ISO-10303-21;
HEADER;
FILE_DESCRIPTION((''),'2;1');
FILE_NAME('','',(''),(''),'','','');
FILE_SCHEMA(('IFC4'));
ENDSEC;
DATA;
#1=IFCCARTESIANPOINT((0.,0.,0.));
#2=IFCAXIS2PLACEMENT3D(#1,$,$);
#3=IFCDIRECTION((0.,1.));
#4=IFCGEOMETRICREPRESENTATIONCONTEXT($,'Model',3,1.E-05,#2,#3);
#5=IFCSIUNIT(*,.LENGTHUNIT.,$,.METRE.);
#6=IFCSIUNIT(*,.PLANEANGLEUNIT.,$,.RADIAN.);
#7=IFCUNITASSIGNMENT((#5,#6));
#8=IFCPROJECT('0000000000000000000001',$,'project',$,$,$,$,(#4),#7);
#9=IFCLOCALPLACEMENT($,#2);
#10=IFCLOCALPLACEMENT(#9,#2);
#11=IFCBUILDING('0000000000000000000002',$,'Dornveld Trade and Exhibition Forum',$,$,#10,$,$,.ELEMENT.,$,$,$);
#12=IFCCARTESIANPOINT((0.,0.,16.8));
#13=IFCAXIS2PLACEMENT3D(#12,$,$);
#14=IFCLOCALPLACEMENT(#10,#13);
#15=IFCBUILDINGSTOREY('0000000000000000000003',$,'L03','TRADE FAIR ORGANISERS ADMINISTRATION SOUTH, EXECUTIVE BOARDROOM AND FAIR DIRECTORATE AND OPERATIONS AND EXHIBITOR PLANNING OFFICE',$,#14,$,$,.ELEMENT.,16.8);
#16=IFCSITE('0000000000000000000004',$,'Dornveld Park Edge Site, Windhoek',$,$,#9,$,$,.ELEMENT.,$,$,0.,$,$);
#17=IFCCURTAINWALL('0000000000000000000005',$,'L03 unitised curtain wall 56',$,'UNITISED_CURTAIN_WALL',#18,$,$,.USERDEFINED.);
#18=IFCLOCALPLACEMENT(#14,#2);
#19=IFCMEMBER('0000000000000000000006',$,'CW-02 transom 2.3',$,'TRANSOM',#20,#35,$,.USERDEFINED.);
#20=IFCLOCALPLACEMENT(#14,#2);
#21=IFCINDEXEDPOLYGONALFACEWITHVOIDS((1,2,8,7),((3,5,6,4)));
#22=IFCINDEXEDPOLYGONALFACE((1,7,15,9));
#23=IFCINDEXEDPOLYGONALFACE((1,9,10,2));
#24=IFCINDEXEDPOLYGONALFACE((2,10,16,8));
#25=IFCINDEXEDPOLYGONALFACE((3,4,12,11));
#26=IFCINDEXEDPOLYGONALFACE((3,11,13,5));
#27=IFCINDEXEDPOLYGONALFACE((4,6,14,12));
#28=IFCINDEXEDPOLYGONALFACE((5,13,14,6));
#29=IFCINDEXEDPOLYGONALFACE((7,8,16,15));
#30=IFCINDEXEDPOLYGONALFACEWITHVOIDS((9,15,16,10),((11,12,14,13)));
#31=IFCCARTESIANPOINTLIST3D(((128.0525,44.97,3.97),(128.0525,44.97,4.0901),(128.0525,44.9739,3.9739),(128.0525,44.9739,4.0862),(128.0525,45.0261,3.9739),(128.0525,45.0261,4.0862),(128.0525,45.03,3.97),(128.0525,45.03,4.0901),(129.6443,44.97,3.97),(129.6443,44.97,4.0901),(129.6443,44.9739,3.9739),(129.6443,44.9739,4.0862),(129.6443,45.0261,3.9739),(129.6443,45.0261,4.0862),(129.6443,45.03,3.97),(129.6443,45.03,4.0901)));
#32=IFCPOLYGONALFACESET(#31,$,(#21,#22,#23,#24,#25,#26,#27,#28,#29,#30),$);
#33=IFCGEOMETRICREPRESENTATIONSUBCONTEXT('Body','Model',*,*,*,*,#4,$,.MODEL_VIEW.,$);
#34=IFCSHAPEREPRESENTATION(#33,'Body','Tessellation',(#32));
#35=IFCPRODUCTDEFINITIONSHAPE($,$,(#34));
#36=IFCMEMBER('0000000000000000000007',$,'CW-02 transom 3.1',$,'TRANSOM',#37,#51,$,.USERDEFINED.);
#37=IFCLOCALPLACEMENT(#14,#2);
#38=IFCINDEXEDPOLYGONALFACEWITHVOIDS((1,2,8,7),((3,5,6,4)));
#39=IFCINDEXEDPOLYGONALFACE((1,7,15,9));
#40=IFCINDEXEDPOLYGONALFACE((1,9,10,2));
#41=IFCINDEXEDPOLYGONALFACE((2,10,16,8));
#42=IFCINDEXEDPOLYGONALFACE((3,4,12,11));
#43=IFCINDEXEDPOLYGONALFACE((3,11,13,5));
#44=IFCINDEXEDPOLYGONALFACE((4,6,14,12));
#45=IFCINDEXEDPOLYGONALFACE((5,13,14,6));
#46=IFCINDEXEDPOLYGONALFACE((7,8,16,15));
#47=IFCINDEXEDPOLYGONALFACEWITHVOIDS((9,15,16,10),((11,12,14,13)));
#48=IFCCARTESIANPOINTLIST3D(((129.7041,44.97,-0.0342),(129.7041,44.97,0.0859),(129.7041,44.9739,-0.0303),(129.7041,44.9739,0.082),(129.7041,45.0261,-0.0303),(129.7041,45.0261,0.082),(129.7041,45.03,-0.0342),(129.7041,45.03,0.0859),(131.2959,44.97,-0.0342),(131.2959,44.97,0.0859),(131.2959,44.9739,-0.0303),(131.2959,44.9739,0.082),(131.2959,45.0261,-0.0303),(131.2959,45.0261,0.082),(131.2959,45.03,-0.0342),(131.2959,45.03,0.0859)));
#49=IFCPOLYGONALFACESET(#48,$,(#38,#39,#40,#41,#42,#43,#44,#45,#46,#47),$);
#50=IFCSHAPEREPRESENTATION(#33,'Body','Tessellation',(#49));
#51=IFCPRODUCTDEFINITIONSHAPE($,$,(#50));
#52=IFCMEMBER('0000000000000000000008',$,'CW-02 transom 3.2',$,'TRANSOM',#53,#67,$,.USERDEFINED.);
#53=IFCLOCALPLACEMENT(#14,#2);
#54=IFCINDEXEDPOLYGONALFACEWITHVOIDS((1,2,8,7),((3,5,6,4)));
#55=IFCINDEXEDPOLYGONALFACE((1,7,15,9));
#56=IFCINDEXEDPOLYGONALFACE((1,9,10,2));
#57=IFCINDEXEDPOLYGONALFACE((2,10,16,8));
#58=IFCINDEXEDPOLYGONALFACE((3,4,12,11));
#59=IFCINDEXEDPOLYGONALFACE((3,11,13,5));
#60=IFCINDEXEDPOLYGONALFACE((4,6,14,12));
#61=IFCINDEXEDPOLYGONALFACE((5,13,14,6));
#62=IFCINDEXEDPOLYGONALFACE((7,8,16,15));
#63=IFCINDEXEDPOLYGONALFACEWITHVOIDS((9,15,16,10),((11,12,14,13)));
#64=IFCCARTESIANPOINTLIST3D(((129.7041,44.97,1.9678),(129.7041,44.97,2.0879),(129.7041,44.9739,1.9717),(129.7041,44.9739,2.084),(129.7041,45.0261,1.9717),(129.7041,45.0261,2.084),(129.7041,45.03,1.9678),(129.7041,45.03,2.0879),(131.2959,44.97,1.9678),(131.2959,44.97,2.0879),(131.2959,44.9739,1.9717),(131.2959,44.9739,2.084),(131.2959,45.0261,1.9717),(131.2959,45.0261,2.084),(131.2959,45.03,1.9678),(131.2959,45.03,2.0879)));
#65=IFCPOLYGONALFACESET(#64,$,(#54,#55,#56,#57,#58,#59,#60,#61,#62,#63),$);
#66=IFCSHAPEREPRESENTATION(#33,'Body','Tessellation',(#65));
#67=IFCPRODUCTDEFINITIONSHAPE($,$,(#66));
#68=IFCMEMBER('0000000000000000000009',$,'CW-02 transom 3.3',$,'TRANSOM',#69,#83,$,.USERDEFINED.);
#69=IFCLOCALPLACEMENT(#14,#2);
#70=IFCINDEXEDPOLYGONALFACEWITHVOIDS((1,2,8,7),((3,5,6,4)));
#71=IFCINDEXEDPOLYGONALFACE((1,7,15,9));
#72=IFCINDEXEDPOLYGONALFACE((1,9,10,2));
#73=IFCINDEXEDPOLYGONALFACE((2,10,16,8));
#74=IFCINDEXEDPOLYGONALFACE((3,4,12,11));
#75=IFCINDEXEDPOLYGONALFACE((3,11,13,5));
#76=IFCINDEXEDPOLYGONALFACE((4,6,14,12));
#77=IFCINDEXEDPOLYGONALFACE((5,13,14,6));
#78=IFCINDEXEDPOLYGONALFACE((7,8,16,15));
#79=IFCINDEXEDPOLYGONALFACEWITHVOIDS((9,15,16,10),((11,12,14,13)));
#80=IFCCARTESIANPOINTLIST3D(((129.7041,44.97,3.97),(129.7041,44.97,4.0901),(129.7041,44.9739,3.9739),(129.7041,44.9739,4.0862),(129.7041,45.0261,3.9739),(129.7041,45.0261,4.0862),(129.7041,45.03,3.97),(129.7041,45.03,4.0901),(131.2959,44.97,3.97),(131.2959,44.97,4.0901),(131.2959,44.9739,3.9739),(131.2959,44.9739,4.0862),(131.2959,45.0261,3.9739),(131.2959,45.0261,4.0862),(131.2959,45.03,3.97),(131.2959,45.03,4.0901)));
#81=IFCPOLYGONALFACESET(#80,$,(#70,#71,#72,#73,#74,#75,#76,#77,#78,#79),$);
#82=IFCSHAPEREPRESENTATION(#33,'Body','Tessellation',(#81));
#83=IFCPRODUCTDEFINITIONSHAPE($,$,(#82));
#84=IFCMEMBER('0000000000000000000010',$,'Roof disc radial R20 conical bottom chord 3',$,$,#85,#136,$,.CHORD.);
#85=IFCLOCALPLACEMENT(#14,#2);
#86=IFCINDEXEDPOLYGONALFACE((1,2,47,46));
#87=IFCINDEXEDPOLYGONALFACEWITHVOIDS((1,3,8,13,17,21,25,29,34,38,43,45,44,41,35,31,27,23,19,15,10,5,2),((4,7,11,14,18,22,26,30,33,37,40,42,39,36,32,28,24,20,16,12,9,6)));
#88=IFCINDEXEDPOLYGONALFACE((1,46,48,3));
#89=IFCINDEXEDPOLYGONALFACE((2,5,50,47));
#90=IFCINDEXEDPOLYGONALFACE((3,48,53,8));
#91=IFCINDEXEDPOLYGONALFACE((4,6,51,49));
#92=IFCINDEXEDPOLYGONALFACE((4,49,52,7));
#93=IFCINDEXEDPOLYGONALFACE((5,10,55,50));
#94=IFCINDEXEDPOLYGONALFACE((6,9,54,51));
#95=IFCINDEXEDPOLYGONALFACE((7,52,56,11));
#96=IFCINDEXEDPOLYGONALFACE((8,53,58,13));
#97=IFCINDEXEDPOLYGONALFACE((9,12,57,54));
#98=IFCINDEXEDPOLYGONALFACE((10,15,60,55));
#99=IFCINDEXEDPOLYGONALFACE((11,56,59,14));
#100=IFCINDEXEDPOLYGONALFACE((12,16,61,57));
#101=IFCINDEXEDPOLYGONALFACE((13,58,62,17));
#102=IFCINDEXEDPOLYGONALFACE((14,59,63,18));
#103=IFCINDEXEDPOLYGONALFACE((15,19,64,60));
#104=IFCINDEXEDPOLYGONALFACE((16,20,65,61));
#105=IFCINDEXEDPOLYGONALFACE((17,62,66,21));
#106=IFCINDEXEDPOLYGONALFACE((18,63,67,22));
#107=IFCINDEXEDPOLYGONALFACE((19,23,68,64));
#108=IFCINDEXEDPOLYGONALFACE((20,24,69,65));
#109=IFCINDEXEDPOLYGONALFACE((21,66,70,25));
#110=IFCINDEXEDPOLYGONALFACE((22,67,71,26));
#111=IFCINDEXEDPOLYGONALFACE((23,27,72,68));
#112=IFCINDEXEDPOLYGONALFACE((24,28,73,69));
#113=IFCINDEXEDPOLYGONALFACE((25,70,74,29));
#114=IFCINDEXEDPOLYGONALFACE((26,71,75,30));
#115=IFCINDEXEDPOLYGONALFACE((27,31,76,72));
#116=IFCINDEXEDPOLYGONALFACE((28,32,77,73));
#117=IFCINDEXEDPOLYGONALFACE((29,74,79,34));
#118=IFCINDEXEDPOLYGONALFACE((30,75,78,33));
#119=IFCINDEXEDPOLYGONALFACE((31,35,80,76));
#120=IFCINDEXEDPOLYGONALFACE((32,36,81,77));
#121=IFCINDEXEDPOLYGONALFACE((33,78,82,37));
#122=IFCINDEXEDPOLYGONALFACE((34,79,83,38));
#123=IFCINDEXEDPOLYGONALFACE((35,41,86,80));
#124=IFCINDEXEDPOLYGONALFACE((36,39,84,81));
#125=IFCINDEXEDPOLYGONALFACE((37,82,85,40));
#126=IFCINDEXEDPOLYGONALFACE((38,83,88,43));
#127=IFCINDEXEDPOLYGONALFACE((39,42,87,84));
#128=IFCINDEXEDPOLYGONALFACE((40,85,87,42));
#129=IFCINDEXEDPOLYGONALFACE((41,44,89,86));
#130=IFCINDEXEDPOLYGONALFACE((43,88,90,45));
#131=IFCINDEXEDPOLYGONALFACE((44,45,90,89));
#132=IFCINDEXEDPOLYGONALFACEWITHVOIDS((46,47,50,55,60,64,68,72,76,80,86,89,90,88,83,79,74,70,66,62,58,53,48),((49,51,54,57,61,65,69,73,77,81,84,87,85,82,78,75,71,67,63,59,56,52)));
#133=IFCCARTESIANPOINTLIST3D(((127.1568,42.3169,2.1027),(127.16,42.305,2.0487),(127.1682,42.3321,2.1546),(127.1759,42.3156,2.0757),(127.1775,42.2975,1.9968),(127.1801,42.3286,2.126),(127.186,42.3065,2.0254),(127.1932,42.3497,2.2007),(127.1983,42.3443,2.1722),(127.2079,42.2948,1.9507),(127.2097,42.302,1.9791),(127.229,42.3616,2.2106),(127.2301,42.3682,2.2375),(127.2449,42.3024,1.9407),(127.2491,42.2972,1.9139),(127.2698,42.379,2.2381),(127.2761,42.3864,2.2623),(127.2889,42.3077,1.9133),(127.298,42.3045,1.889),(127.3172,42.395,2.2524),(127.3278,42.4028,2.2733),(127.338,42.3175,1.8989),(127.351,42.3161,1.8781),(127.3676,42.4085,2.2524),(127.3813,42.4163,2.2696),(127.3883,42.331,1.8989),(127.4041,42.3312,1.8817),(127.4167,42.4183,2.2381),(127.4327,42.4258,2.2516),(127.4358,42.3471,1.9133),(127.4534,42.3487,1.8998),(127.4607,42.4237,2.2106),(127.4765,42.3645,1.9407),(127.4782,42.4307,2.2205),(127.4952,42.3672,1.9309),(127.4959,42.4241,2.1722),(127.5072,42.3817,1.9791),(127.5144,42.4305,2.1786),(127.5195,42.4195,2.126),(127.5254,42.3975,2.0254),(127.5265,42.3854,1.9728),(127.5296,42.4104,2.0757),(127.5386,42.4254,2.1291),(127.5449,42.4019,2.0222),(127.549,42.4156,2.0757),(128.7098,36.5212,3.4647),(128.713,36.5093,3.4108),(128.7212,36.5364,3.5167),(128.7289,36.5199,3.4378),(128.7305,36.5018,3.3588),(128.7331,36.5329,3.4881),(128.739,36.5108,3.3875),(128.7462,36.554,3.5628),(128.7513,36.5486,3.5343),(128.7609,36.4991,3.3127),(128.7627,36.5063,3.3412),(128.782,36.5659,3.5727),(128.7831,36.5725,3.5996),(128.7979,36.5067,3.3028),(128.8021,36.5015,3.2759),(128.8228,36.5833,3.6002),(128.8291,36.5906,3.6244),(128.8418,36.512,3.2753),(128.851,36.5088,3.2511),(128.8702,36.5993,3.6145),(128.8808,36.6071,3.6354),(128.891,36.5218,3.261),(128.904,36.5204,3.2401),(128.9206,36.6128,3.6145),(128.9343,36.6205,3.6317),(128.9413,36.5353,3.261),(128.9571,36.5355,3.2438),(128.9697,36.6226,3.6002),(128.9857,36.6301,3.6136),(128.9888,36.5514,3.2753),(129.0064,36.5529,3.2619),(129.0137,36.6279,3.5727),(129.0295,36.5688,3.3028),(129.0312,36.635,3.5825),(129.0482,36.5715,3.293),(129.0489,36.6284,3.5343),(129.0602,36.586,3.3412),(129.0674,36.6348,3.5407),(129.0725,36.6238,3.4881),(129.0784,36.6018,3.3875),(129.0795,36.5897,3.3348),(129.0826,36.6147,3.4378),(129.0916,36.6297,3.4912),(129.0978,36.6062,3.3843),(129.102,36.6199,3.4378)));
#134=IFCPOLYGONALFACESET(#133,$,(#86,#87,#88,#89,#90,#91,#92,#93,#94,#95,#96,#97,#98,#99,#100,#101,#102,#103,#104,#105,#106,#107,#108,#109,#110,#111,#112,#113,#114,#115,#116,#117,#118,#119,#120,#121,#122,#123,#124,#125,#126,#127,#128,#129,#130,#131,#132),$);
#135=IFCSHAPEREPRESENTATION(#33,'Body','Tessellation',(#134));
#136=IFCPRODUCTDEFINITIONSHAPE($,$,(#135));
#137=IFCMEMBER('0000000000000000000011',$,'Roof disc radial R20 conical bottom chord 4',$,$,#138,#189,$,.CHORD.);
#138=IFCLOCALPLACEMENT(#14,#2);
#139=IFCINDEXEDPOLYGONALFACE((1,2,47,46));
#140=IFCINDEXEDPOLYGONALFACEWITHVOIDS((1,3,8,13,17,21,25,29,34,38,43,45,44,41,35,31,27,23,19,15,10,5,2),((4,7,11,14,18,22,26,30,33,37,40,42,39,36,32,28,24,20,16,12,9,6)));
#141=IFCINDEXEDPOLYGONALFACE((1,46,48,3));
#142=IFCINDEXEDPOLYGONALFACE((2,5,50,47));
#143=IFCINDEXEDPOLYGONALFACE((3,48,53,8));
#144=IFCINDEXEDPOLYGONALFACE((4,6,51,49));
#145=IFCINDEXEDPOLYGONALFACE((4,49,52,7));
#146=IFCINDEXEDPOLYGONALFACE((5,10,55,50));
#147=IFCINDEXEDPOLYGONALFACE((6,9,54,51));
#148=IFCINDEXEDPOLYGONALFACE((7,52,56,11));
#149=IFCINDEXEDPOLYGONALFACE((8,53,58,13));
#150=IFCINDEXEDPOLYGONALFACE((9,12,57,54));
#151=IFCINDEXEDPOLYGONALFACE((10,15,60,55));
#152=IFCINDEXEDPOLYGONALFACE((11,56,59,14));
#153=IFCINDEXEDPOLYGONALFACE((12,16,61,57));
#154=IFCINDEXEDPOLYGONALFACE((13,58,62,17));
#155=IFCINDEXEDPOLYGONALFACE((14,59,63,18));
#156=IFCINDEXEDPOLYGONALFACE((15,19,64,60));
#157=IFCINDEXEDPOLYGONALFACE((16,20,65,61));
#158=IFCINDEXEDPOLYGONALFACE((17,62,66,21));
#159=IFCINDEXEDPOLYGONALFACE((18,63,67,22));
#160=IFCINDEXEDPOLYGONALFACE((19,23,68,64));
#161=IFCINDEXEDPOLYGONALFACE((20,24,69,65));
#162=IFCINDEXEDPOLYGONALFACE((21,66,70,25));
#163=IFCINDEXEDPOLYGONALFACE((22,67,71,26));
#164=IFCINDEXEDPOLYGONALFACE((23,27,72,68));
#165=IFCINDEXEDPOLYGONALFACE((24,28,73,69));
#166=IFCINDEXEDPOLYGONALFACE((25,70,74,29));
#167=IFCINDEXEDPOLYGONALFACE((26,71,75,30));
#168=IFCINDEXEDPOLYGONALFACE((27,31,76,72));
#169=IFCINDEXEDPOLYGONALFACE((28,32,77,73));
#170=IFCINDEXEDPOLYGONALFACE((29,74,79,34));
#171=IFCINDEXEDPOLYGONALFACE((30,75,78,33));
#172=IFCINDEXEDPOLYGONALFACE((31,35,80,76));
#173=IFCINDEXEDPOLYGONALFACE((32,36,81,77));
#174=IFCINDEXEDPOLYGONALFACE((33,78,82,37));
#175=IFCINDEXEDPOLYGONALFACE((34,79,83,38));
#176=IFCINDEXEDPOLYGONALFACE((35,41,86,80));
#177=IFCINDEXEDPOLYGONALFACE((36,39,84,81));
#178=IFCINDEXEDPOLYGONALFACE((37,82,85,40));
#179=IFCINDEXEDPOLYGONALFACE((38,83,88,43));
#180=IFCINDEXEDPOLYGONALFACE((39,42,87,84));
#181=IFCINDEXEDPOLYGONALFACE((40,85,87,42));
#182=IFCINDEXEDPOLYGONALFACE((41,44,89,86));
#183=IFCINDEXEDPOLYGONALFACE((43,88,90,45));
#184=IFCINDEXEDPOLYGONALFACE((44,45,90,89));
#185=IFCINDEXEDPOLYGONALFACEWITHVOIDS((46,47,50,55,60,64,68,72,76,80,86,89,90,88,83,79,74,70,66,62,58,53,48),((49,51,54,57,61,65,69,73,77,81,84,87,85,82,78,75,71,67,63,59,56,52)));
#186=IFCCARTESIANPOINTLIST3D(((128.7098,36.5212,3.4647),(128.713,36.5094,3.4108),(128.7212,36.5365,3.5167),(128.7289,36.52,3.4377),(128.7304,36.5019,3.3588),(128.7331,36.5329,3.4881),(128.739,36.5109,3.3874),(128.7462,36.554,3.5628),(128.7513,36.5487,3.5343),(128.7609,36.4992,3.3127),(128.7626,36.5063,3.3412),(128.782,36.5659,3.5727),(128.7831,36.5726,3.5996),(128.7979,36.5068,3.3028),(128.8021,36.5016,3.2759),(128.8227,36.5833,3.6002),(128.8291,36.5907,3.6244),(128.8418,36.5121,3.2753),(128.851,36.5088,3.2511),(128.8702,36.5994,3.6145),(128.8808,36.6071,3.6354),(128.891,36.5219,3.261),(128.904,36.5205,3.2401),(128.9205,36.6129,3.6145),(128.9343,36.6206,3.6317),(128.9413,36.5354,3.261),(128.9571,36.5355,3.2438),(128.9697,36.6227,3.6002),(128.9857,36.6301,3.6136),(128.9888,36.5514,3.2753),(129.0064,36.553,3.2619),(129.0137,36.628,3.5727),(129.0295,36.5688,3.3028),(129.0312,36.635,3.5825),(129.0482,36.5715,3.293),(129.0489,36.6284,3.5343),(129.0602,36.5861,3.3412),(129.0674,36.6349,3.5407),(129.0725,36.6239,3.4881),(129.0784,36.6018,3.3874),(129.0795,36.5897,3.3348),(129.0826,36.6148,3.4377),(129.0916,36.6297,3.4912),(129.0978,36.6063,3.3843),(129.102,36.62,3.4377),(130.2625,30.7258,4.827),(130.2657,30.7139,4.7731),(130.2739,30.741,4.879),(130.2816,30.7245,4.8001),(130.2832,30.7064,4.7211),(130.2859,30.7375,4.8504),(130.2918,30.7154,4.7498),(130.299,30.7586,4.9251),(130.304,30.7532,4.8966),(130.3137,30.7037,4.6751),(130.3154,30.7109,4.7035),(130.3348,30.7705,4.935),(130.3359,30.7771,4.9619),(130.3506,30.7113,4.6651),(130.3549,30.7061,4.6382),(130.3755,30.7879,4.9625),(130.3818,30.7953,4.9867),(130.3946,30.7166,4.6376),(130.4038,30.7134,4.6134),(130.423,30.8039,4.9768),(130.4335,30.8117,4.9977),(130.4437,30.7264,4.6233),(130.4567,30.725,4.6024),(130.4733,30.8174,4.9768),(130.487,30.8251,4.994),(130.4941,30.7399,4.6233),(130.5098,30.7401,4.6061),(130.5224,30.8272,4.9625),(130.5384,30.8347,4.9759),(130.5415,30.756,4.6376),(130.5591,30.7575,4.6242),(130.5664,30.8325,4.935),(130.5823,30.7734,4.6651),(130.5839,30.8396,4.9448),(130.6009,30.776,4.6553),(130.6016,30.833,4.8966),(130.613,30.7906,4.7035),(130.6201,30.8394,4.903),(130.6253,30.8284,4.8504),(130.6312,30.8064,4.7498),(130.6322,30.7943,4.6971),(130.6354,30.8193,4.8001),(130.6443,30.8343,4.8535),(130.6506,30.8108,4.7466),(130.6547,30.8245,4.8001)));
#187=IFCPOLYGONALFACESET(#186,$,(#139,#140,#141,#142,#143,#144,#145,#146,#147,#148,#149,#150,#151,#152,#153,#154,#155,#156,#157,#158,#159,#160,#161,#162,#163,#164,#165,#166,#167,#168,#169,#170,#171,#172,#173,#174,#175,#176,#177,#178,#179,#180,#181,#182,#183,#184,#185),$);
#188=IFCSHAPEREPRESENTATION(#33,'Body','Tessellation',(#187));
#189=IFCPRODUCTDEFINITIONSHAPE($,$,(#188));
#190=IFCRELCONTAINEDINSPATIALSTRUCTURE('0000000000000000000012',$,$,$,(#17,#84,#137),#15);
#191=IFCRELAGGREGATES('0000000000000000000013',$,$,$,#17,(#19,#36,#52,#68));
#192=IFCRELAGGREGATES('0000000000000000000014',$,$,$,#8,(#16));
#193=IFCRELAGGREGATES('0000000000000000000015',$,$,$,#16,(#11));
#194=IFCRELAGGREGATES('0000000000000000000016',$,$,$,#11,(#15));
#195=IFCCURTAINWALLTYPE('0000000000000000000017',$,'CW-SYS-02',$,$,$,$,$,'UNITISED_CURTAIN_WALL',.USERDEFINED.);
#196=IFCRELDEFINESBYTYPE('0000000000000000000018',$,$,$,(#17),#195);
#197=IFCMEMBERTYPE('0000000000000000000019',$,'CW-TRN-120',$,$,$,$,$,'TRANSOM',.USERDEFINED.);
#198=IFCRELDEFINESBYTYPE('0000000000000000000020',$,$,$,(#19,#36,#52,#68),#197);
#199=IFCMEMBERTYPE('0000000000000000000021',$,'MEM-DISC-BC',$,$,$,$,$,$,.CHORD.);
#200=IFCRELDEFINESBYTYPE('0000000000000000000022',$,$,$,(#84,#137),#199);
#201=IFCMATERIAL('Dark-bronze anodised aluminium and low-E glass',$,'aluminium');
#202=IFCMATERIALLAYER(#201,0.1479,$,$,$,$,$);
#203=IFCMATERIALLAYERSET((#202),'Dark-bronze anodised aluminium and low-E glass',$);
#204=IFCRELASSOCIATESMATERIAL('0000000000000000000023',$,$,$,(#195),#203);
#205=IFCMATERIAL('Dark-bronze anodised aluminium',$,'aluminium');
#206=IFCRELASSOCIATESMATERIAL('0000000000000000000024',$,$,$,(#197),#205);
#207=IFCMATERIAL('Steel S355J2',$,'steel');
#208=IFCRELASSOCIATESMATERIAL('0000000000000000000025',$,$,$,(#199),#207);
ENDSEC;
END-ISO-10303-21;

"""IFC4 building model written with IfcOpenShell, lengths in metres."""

from ifc_helpers import new_model, si_unit, direction, frame, origin, origin_2d, place, context, subcontext, project, spatial, hollow_rectangle, hollow_circle, extrude, material, layer, layer_set, material_profile, profile_set, type_object, element, aggregate, save


model = new_model("IFC4")

# Units and contexts
model_context = context("Model", 3, precision=1e-05, world=origin(), true_north=direction((0.0, 1.0)))
body_context = subcontext(model_context, "Body", "Model", "MODEL_VIEW")
ifc_project = project(units=[si_unit("LENGTHUNIT", "METRE"), si_unit("PLANEANGLEUNIT", "RADIAN")], contexts=[model_context])

# Site, building, storey
site_placement = place(None, origin())
site = spatial("IfcSite", under=ifc_project, at=site_placement, Name="Dornveld Park Edge Site, Windhoek", CompositionType="ELEMENT", RefElevation=0.0)
building_placement = place(site_placement, origin())
building = spatial("IfcBuilding", under=site, at=building_placement, Name="Dornveld Trade and Exhibition Forum", CompositionType="ELEMENT")
storey_placement = place(building_placement, frame((0.0, 0.0, 16.8)))
storey = spatial("IfcBuildingStorey", under=building, at=storey_placement, Name="L03", Description="TRADE FAIR ORGANISERS ADMINISTRATION SOUTH, EXECUTIVE BOARDROOM AND FAIR DIRECTORATE AND OPERATIONS AND EXHIBITOR PLANNING OFFICE", CompositionType="ELEMENT", Elevation=16.8)

# Curtain wall, members
ifc_material_1 = material(Name="Dark-bronze anodised aluminium and low-E glass", Category="aluminium")
ifc_layer_1 = layer(ifc_material_1, 0.1479)
ifc_layer_set_1 = layer_set([ifc_layer_1], Name="Dark-bronze anodised aluminium and low-E glass")
curtain_wall_type_1 = type_object("IfcCurtainWallType", Name="CW-SYS-02", ElementType="UNITISED_CURTAIN_WALL", PredefinedType="USERDEFINED", material=ifc_layer_set_1)
curtain_wall_1_placement = place(storey_placement, origin())
curtain_wall_1 = element("IfcCurtainWall", 1, at=curtain_wall_1_placement, inside=storey, type_object=curtain_wall_type_1, Name="L03 unitised curtain wall 56", ObjectType="UNITISED_CURTAIN_WALL", PredefinedType="USERDEFINED")
ifc_material_2 = material(Name="Dark-bronze anodised aluminium", Category="aluminium")
ifc_material_profile_1 = material_profile(ifc_material_2, hollow_rectangle(XDim=0.0601, YDim=0.1201, WallThickness=0.0039, at=origin_2d()), Name="RHS 120x60x4")
ifc_profile_set_1 = profile_set([ifc_material_profile_1], Name="Dark-bronze anodised aluminium")
member_type_1 = type_object("IfcMemberType", Name="CW-TRN-120", ElementType="TRANSOM", PredefinedType="USERDEFINED", material=ifc_profile_set_1)
member_1_placement = place(storey_placement, frame((128.0525, 45.0, 4.03), z_axis=(1.0, 0.0, 0.0), x_axis=(0.0, 1.0, 0.0)))
member_1 = element("IfcMember", 2, at=member_1_placement, type_object=member_type_1, Name="CW-02 transom 2.3", ObjectType="TRANSOM", PredefinedType="USERDEFINED", context=body_context, shape_type="SweptSolid", body=[
    extrude(hollow_rectangle(XDim=0.0601, YDim=0.1201, WallThickness=0.0039, at=origin_2d()), origin(), (0.0, 0.0, 1.0), 1.5918),
])
member_2_placement = place(storey_placement, frame((129.7041, 45.0, 0.0259), z_axis=(1.0, 0.0, 0.0), x_axis=(0.0, 1.0, 0.0)))
member_2 = element("IfcMember", 3, at=member_2_placement, type_object=member_type_1, Name="CW-02 transom 3.1", ObjectType="TRANSOM", PredefinedType="USERDEFINED", context=body_context, shape_type="SweptSolid", body=[
    extrude(hollow_rectangle(XDim=0.0601, YDim=0.1201, WallThickness=0.0039, at=origin_2d()), origin(), (0.0, 0.0, 1.0), 1.5918),
])
member_3_placement = place(storey_placement, frame((129.7041, 45.0, 2.0278), z_axis=(1.0, 0.0, 0.0), x_axis=(0.0, 1.0, 0.0)))
member_3 = element("IfcMember", 4, at=member_3_placement, type_object=member_type_1, Name="CW-02 transom 3.2", ObjectType="TRANSOM", PredefinedType="USERDEFINED", context=body_context, shape_type="SweptSolid", body=[
    extrude(hollow_rectangle(XDim=0.0601, YDim=0.1201, WallThickness=0.0039, at=origin_2d()), origin(), (0.0, 0.0, 1.0), 1.5918),
])
member_4_placement = place(storey_placement, frame((129.7041, 45.0, 4.03), z_axis=(1.0, 0.0, 0.0), x_axis=(0.0, 1.0, 0.0)))
member_4 = element("IfcMember", 5, at=member_4_placement, type_object=member_type_1, Name="CW-02 transom 3.3", ObjectType="TRANSOM", PredefinedType="USERDEFINED", context=body_context, shape_type="SweptSolid", body=[
    extrude(hollow_rectangle(XDim=0.0601, YDim=0.1201, WallThickness=0.0039, at=origin_2d()), origin(), (0.0, 0.0, 1.0), 1.5918),
])

# Members
ifc_material_3 = material(Name="Steel S355J2", Category="steel")
ifc_material_profile_2 = material_profile(ifc_material_3, hollow_circle(Radius=0.2031, WallThickness=0.02, at=origin_2d()), Name="CHS 406.4x20")
ifc_profile_set_2 = profile_set([ifc_material_profile_2], Name="Steel S355J2")
member_type_2 = type_object("IfcMemberType", Name="MEM-DISC-BC", PredefinedType="CHORD", material=ifc_profile_set_2)
member_5_placement = place(storey_placement, frame((127.3528, 42.363, 2.0757), z_axis=(0.252403, -0.941959, 0.221374), x_axis=(0.965924, 0.258825, 0.0)))
element("IfcMember", 6, at=member_5_placement, inside=storey, type_object=member_type_2, Name="Roof disc radial R20 conical bottom chord 3", PredefinedType="CHORD", context=body_context, shape_type="SweptSolid", body=[
    extrude(hollow_circle(Radius=0.2031, WallThickness=0.02, at=origin_2d()), origin(), (0.0, 0.0, 1.0), 6.1528),
])
member_6_placement = place(storey_placement, frame((128.9058, 36.5674, 3.4377), z_axis=(0.252373, -0.941955, 0.221422), x_axis=(0.965932, 0.258797, 0.0)))
element("IfcMember", 7, at=member_6_placement, inside=storey, type_object=member_type_2, Name="Roof disc radial R20 conical bottom chord 4", PredefinedType="CHORD", context=body_context, shape_type="SweptSolid", body=[
    extrude(hollow_circle(Radius=0.2031, WallThickness=0.02, at=origin_2d()), origin(), (0.0, 0.0, 1.0), 6.1526),
])

aggregate(curtain_wall_1, [member_1, member_2, member_3, member_4])

save(model, "model.ifc")
